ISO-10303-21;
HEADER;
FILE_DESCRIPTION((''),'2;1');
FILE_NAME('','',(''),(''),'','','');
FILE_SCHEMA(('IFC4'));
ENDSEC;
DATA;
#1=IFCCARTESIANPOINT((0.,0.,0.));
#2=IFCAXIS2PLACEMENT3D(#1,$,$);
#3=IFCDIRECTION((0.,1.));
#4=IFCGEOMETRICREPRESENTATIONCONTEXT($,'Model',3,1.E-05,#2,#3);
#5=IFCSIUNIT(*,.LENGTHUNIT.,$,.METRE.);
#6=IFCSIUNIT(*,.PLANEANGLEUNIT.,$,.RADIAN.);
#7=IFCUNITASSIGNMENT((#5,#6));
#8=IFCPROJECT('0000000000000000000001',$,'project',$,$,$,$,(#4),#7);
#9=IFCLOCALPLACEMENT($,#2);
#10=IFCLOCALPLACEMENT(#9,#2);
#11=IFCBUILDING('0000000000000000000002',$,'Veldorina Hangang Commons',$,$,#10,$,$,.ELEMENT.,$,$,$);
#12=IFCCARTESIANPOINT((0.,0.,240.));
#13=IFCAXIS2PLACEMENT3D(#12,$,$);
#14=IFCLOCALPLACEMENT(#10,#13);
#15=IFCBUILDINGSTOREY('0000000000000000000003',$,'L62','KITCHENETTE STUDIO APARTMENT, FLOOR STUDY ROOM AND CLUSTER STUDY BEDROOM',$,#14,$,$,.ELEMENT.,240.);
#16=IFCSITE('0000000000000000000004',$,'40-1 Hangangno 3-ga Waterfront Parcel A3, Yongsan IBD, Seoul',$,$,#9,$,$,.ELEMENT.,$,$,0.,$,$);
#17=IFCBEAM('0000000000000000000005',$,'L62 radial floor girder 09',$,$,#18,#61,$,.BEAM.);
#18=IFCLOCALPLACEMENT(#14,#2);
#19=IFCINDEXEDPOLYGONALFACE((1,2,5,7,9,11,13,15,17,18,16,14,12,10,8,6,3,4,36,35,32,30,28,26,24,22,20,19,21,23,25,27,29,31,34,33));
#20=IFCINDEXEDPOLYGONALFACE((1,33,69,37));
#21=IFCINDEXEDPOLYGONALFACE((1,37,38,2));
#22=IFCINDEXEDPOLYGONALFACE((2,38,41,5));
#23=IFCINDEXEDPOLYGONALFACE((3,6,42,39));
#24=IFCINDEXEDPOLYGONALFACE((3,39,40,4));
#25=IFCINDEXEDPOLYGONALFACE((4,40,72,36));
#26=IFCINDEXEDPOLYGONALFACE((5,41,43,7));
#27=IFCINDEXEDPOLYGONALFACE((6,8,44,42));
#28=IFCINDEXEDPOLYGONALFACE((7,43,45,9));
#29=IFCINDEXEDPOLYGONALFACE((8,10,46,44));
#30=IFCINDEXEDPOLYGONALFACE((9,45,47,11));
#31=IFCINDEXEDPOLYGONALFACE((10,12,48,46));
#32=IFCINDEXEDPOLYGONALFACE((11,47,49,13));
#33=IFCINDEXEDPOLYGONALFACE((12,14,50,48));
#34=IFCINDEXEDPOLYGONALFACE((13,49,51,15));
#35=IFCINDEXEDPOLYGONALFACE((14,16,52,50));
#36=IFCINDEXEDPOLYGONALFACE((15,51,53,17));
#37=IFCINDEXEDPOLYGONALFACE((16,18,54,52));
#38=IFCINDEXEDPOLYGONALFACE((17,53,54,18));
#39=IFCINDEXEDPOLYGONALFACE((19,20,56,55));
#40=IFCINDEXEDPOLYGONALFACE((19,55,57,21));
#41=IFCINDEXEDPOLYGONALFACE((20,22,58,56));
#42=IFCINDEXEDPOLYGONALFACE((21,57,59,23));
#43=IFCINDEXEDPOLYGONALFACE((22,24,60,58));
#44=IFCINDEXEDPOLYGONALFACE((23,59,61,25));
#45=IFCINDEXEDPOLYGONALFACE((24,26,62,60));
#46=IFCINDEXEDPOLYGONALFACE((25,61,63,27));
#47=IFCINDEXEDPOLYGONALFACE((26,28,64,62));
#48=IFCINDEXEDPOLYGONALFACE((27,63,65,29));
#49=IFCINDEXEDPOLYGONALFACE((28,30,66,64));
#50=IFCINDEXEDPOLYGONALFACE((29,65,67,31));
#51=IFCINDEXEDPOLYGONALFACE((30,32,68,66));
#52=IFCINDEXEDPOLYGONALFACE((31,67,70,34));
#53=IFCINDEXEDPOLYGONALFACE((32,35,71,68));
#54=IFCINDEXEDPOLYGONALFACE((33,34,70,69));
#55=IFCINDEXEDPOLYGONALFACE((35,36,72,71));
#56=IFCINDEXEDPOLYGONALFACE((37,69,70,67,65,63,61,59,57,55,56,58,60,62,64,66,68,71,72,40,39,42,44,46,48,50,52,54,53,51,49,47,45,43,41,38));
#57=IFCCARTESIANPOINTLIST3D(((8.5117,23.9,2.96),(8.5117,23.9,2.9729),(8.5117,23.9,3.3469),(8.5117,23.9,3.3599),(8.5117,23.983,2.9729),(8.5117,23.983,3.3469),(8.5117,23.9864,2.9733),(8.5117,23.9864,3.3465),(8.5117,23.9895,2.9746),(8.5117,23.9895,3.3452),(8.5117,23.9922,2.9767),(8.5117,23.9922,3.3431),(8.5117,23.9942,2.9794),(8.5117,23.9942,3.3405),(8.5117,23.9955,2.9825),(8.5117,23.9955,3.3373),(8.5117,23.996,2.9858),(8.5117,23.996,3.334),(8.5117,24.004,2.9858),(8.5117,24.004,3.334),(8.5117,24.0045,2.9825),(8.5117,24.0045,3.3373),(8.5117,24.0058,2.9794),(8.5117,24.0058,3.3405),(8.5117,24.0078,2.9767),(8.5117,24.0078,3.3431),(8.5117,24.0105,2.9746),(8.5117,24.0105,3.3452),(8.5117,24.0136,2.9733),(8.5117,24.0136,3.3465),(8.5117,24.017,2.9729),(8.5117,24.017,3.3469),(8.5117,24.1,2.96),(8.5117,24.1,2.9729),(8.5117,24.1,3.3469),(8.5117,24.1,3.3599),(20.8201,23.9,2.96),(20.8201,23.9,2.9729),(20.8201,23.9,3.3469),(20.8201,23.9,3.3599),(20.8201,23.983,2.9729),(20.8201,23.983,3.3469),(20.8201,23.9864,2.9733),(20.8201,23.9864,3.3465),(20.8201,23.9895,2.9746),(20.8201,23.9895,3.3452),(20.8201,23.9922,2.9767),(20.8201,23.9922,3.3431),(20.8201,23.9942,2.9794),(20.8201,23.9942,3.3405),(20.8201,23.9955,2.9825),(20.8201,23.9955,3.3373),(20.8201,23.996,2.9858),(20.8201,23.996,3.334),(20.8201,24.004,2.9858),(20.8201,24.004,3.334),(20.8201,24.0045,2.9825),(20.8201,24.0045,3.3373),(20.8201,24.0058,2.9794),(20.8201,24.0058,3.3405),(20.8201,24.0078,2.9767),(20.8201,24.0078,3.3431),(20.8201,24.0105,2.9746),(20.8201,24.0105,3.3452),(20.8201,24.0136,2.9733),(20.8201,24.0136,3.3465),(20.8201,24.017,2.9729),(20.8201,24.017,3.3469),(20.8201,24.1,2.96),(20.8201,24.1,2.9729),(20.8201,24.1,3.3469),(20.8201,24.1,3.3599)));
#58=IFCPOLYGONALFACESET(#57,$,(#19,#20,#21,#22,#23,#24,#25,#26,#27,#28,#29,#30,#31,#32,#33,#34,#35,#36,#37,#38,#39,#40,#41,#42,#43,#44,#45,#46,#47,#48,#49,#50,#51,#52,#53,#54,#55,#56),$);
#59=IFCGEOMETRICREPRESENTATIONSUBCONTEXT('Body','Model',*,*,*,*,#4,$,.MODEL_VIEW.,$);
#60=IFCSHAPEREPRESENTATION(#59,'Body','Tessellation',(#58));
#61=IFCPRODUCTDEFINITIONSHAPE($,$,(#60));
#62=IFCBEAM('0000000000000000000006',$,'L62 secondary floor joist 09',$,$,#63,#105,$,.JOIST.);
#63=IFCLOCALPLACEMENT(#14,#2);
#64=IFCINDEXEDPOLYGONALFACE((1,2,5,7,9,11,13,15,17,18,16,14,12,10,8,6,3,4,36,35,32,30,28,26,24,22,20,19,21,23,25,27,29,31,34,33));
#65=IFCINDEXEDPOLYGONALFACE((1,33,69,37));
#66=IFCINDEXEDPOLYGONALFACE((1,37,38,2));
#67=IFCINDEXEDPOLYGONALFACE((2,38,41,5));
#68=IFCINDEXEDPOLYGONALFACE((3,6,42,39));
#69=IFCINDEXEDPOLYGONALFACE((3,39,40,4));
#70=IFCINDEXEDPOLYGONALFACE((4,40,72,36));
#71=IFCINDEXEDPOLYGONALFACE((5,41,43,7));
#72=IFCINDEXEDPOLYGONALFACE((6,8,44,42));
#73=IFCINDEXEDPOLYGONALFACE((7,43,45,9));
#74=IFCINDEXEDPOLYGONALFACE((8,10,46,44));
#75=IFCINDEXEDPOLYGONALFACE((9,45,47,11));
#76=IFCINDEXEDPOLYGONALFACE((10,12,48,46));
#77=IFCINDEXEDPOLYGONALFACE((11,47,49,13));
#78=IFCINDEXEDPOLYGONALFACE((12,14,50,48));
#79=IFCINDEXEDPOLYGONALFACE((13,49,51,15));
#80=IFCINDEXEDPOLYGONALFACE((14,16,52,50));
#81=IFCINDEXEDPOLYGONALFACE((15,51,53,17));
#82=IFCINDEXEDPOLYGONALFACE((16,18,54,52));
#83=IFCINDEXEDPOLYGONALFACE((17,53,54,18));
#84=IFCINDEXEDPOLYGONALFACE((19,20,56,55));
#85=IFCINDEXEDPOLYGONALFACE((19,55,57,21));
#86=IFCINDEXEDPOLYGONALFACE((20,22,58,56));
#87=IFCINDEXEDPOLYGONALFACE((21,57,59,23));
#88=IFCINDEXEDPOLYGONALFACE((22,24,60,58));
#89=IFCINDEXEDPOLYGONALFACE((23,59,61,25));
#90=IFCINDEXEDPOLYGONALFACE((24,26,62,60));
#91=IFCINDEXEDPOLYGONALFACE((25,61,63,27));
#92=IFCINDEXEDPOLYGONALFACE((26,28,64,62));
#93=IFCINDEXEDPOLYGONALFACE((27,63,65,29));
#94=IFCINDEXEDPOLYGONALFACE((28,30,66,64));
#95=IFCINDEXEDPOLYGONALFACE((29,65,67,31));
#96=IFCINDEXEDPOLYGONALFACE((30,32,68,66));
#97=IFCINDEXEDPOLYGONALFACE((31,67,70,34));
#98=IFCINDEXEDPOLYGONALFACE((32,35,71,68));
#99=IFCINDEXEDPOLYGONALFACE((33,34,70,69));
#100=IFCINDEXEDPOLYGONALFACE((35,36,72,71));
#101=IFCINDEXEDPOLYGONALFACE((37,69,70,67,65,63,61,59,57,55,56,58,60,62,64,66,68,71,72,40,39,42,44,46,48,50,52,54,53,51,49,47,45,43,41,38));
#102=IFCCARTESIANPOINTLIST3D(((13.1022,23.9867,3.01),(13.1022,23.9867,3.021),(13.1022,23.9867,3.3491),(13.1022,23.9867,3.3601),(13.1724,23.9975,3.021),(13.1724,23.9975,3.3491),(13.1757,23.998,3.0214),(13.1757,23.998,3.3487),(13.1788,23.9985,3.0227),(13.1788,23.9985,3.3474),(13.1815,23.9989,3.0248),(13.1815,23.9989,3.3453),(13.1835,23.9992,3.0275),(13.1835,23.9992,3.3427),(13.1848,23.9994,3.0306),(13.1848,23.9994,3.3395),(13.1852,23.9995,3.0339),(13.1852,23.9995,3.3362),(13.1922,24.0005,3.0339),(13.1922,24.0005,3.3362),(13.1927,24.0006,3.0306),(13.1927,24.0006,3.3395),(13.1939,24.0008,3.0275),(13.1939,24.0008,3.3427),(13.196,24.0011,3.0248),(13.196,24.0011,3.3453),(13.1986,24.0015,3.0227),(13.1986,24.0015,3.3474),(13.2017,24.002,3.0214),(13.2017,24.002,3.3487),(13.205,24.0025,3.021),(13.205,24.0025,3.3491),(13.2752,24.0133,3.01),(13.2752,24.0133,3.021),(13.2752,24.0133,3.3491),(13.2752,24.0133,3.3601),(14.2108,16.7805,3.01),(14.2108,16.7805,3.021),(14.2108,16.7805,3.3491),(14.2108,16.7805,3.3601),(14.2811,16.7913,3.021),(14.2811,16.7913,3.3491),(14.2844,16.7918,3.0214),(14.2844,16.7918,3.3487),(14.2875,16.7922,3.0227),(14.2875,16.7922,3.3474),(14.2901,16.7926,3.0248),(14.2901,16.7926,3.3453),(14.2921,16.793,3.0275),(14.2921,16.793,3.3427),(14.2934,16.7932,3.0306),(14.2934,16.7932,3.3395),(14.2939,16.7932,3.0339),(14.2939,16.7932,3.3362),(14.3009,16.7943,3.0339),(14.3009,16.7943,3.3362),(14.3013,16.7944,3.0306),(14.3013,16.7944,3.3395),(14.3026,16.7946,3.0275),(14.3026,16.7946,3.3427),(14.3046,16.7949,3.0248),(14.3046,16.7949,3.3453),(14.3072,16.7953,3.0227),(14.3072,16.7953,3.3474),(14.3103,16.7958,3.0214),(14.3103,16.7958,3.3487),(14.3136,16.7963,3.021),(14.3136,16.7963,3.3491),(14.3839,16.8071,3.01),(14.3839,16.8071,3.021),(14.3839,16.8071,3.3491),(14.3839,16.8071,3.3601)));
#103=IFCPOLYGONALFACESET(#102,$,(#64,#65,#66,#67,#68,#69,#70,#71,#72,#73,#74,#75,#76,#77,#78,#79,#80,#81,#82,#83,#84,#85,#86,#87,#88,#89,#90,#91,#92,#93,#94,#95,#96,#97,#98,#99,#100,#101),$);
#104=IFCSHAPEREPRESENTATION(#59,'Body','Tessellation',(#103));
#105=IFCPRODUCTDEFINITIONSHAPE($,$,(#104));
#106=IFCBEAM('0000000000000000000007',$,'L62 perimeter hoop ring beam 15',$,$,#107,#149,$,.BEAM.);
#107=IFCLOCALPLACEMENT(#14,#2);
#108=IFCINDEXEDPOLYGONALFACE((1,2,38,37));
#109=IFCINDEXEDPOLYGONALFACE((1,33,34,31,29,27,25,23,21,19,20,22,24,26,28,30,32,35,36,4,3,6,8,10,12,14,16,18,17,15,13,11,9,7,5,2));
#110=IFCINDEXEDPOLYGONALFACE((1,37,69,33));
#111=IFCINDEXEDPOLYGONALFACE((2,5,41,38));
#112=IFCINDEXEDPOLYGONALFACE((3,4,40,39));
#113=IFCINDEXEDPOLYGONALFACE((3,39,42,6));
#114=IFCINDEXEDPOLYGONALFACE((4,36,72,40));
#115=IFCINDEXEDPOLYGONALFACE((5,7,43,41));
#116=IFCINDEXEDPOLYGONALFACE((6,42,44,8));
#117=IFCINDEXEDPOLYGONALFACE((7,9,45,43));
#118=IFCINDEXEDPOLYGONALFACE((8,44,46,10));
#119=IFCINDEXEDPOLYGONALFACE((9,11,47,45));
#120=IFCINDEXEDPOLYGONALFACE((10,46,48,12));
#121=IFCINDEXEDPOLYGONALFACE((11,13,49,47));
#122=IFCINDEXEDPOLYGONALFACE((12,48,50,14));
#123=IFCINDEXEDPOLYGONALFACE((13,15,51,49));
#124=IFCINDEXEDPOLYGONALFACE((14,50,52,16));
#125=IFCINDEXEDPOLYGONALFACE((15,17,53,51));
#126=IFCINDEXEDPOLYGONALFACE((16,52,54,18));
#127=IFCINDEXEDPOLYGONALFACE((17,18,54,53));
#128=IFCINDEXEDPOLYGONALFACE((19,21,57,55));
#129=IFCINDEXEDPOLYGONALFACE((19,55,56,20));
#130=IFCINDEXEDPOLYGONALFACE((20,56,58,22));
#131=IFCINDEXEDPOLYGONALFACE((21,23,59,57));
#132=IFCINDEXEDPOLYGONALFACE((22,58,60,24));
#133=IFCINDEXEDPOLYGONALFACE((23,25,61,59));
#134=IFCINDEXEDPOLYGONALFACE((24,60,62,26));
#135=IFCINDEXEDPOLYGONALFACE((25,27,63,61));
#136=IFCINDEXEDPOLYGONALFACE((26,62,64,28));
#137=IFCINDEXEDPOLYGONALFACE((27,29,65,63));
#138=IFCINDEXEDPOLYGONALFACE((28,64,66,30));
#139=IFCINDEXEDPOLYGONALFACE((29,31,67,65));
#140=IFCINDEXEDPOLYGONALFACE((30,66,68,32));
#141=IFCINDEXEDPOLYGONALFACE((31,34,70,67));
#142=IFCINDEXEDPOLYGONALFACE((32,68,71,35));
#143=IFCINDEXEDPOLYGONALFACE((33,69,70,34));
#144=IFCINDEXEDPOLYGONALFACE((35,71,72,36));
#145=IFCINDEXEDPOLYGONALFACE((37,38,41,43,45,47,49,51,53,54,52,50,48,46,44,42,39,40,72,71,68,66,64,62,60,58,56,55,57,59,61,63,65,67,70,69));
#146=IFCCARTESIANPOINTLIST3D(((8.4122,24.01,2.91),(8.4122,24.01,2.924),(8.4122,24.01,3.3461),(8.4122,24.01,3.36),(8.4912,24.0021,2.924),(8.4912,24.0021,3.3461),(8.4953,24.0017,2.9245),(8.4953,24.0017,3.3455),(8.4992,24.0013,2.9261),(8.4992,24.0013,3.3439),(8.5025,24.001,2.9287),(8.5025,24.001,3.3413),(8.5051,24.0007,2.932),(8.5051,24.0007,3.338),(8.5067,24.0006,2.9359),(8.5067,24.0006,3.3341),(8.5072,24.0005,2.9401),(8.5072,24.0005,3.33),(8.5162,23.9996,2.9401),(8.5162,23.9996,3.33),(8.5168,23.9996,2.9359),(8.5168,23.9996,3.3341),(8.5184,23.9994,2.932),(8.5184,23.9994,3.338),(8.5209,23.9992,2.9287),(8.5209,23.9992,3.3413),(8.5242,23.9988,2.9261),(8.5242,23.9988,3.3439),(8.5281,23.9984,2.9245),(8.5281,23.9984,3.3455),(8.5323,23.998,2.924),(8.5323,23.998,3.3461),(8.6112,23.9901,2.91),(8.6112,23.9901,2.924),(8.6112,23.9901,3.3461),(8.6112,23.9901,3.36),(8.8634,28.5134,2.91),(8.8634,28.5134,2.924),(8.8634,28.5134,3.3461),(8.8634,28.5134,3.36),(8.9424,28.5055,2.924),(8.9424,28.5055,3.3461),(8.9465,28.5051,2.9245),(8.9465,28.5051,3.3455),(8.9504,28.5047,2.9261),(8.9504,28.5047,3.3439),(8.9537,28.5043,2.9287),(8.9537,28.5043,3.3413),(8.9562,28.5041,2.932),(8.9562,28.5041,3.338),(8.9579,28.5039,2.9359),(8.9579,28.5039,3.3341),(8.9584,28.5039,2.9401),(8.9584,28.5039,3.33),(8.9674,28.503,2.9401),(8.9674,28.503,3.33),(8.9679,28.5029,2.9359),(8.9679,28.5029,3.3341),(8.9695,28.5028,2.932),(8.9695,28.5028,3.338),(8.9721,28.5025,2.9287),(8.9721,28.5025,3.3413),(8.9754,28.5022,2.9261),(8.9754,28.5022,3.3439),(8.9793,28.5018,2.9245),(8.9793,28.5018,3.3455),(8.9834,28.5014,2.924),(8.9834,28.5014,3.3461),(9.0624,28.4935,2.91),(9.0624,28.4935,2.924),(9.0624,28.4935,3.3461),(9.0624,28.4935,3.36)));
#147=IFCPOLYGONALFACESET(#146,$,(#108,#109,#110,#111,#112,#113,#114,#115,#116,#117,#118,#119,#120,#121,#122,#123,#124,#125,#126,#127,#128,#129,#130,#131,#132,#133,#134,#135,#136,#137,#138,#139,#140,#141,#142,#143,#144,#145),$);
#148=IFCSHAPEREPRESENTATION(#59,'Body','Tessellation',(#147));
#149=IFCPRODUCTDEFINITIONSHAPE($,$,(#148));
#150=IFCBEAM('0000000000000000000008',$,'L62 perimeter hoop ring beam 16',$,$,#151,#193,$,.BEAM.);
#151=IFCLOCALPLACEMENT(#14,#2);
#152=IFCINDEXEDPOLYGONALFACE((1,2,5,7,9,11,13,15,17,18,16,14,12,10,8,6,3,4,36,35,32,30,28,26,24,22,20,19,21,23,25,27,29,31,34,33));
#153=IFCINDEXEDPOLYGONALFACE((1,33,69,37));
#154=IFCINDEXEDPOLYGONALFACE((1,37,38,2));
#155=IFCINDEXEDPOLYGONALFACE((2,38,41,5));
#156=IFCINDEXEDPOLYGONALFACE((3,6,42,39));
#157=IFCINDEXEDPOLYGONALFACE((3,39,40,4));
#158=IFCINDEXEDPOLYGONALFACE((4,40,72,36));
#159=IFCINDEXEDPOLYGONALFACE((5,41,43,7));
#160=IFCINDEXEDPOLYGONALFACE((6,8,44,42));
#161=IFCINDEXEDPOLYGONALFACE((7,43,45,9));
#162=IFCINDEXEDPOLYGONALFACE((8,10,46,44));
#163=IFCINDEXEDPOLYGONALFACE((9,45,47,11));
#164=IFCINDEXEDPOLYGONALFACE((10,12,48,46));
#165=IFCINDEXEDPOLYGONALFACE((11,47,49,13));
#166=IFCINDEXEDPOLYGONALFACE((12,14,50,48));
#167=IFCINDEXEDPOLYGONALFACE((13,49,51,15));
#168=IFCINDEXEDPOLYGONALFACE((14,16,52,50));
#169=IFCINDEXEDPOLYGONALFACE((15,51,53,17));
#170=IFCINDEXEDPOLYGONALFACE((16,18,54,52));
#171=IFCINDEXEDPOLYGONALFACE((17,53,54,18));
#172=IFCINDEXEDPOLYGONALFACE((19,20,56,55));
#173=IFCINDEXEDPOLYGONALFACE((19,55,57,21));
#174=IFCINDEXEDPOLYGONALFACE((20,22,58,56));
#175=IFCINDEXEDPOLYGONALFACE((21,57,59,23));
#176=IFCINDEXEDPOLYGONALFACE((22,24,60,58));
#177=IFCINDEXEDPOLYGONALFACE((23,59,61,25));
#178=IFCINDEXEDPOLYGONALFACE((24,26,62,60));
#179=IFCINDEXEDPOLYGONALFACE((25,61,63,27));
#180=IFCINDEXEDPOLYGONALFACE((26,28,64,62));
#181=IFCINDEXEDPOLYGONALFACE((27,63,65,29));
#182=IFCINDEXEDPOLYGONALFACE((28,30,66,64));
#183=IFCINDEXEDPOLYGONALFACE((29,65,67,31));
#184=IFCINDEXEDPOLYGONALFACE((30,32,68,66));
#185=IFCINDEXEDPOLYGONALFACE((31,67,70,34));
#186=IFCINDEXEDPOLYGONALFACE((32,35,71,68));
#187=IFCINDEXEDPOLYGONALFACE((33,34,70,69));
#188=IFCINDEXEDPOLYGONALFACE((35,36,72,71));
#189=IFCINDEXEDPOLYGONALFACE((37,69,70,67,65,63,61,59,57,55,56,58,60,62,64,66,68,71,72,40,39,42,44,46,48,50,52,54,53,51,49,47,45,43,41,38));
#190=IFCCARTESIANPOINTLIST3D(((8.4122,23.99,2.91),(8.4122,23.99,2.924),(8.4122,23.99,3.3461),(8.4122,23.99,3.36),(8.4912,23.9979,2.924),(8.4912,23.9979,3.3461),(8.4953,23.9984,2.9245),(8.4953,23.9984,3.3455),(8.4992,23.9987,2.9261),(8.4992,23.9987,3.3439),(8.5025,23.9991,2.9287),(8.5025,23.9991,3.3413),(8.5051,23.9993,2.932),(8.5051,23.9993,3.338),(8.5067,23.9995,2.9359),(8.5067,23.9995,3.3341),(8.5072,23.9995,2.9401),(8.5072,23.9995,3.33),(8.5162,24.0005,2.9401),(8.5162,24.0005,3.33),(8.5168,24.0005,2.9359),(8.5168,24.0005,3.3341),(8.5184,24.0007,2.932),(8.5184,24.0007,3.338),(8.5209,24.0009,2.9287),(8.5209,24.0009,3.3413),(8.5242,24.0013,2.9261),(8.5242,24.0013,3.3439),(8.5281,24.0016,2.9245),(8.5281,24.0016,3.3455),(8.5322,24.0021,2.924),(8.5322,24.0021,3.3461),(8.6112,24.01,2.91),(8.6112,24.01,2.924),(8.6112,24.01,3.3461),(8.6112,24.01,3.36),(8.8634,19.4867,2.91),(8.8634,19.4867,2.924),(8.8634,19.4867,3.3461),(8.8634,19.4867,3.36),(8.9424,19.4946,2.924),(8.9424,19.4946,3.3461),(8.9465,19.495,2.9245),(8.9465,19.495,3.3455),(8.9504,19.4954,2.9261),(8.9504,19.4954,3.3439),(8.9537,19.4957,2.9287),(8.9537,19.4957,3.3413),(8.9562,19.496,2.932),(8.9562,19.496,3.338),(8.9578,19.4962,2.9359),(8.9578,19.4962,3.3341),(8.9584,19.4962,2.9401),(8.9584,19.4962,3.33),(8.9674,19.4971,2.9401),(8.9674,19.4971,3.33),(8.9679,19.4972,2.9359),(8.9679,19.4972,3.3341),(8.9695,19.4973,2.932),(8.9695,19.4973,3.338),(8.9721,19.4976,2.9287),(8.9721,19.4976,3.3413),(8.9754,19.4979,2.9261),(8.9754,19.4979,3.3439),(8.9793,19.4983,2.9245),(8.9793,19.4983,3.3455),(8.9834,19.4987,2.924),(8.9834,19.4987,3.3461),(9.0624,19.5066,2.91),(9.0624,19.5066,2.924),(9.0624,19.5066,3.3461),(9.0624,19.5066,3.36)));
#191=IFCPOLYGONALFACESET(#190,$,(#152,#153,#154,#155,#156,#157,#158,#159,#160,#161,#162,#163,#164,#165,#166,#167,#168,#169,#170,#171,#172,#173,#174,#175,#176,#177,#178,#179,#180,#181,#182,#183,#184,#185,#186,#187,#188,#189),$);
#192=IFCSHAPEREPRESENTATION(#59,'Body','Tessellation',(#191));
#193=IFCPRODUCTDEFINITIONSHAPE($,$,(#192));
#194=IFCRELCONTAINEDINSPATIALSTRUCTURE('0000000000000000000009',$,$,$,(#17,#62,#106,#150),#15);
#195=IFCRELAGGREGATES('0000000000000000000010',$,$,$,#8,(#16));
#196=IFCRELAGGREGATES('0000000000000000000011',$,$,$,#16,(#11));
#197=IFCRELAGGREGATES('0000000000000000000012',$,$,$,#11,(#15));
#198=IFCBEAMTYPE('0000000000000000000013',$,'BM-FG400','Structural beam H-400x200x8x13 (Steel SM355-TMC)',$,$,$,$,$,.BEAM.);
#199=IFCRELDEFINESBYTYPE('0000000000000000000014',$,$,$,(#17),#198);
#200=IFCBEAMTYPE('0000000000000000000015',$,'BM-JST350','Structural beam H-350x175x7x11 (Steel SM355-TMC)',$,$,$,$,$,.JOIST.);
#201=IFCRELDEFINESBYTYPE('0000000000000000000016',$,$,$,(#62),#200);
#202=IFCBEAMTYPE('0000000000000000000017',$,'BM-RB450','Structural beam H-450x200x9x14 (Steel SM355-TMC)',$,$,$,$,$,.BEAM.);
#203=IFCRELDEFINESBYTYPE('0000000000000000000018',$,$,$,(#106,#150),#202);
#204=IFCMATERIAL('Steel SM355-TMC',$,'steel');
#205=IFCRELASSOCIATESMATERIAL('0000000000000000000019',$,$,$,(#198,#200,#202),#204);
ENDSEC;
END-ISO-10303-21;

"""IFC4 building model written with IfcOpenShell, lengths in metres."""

from ifc_helpers import new_model, si_unit, direction, frame, origin, origin_2d, place, context, subcontext, project, spatial, i_section, extrude, material, material_profile, profile_set, type_object, element, save


model = new_model("IFC4")

# Units and contexts
model_context = context("Model", 3, precision=1e-05, world=origin(), true_north=direction((0.0, 1.0)))
body_context = subcontext(model_context, "Body", "Model", "MODEL_VIEW")
ifc_project = project(units=[si_unit("LENGTHUNIT", "METRE"), si_unit("PLANEANGLEUNIT", "RADIAN")], contexts=[model_context])

# Site, building, storey
site_placement = place(None, origin())
site = spatial("IfcSite", under=ifc_project, at=site_placement, Name="40-1 Hangangno 3-ga Waterfront Parcel A3, Yongsan IBD, Seoul", CompositionType="ELEMENT", RefElevation=0.0)
building_placement = place(site_placement, origin())
building = spatial("IfcBuilding", under=site, at=building_placement, Name="Veldorina Hangang Commons", CompositionType="ELEMENT")
storey_placement = place(building_placement, frame((0.0, 0.0, 240.0)))
storey = spatial("IfcBuildingStorey", under=building, at=storey_placement, Name="L62", Description="KITCHENETTE STUDIO APARTMENT, FLOOR STUDY ROOM AND CLUSTER STUDY BEDROOM", CompositionType="ELEMENT", Elevation=240.0)

# Beams
ifc_material_1 = material(Name="Steel SM355-TMC", Category="steel")
ifc_material_profile_1 = material_profile(ifc_material_1, i_section(OverallWidth=0.2, OverallDepth=0.3999, WebThickness=0.0081, FlangeThickness=0.0129, FilletRadius=0.0129, at=origin_2d()), Name="H-400x200x8x13")
ifc_profile_set_1 = profile_set([ifc_material_profile_1], Name="Steel SM355-TMC")
beam_type_1 = type_object("IfcBeamType", Name="BM-FG400", Description="Structural beam H-400x200x8x13 (Steel SM355-TMC)", PredefinedType="BEAM", material=ifc_profile_set_1)
beam_1_placement = place(storey_placement, frame((20.8201, 24.0, 3.1599), z_axis=(-1.0, 0.0, 0.0), x_axis=(0.0, -1.0, 0.0)))
element("IfcBeam", 1, at=beam_1_placement, inside=storey, type_object=beam_type_1, Name="L62 radial floor girder 09", PredefinedType="BEAM", context=body_context, shape_type="SweptSolid", body=[
    extrude(i_section(OverallWidth=0.2, OverallDepth=0.3999, WebThickness=0.0081, FlangeThickness=0.0129, FilletRadius=0.0129, at=origin_2d()), origin(), (0.0, 0.0, 1.0), 12.3083),
])
ifc_material_profile_2 = material_profile(ifc_material_1, i_section(OverallWidth=0.175, OverallDepth=0.3501, WebThickness=0.0071, FlangeThickness=0.011, FilletRadius=0.0129, at=origin_2d()), Name="H-350x175x7x11")
ifc_profile_set_2 = profile_set([ifc_material_profile_2], Name="Steel SM355-TMC")
beam_type_2 = type_object("IfcBeamType", Name="BM-JST350", Description="Structural beam H-350x175x7x11 (Steel SM355-TMC)", PredefinedType="JOIST", material=ifc_profile_set_2)
beam_2_placement = place(storey_placement, frame((13.1887, 24.0, 3.1851), z_axis=(0.152055, -0.988372, 0.0), x_axis=(0.988372, 0.152055, 0.0)))
element("IfcBeam", 2, at=beam_2_placement, inside=storey, type_object=beam_type_2, Name="L62 secondary floor joist 09", PredefinedType="JOIST", context=body_context, shape_type="SweptSolid", body=[
    extrude(i_section(OverallWidth=0.175, OverallDepth=0.3501, WebThickness=0.0071, FlangeThickness=0.011, FilletRadius=0.0129, at=origin_2d()), origin(), (0.0, 0.0, 1.0), 7.291),
])
ifc_material_profile_3 = material_profile(ifc_material_1, i_section(OverallWidth=0.2, OverallDepth=0.45, WebThickness=0.009, FlangeThickness=0.0139, FilletRadius=0.0161, at=origin_2d()), Name="H-450x200x9x14")
ifc_profile_set_3 = profile_set([ifc_material_profile_3], Name="Steel SM355-TMC")
beam_type_3 = type_object("IfcBeamType", Name="BM-RB450", Description="Structural beam H-450x200x9x14 (Steel SM355-TMC)", PredefinedType="BEAM", material=ifc_profile_set_3)
for number, where, z_axis, x_axis, name in (
    (3, (8.9629, 28.5034, 3.135), (-0.099685, -0.995019, 0.0), (0.995019, -0.099685, 0.0), "L62 perimeter hoop ring beam 15"),
    (4, (8.5117, 24.0, 3.135), (0.099685, -0.995019, 0.0), (0.995019, 0.099685, 0.0), "L62 perimeter hoop ring beam 16"),
):
    element("IfcBeam", number, at=place(storey_placement, frame(where, z_axis=z_axis, x_axis=x_axis)), inside=storey, type_object=beam_type_3, Name=name, PredefinedType="BEAM", context=body_context, shape_type="SweptSolid", body=[
        extrude(i_section(OverallWidth=0.2, OverallDepth=0.45, WebThickness=0.009, FlangeThickness=0.0139, FilletRadius=0.0161, at=origin_2d()), origin(), (0.0, 0.0, 1.0), 4.5259),
    ])

save(model, "model.ifc")
